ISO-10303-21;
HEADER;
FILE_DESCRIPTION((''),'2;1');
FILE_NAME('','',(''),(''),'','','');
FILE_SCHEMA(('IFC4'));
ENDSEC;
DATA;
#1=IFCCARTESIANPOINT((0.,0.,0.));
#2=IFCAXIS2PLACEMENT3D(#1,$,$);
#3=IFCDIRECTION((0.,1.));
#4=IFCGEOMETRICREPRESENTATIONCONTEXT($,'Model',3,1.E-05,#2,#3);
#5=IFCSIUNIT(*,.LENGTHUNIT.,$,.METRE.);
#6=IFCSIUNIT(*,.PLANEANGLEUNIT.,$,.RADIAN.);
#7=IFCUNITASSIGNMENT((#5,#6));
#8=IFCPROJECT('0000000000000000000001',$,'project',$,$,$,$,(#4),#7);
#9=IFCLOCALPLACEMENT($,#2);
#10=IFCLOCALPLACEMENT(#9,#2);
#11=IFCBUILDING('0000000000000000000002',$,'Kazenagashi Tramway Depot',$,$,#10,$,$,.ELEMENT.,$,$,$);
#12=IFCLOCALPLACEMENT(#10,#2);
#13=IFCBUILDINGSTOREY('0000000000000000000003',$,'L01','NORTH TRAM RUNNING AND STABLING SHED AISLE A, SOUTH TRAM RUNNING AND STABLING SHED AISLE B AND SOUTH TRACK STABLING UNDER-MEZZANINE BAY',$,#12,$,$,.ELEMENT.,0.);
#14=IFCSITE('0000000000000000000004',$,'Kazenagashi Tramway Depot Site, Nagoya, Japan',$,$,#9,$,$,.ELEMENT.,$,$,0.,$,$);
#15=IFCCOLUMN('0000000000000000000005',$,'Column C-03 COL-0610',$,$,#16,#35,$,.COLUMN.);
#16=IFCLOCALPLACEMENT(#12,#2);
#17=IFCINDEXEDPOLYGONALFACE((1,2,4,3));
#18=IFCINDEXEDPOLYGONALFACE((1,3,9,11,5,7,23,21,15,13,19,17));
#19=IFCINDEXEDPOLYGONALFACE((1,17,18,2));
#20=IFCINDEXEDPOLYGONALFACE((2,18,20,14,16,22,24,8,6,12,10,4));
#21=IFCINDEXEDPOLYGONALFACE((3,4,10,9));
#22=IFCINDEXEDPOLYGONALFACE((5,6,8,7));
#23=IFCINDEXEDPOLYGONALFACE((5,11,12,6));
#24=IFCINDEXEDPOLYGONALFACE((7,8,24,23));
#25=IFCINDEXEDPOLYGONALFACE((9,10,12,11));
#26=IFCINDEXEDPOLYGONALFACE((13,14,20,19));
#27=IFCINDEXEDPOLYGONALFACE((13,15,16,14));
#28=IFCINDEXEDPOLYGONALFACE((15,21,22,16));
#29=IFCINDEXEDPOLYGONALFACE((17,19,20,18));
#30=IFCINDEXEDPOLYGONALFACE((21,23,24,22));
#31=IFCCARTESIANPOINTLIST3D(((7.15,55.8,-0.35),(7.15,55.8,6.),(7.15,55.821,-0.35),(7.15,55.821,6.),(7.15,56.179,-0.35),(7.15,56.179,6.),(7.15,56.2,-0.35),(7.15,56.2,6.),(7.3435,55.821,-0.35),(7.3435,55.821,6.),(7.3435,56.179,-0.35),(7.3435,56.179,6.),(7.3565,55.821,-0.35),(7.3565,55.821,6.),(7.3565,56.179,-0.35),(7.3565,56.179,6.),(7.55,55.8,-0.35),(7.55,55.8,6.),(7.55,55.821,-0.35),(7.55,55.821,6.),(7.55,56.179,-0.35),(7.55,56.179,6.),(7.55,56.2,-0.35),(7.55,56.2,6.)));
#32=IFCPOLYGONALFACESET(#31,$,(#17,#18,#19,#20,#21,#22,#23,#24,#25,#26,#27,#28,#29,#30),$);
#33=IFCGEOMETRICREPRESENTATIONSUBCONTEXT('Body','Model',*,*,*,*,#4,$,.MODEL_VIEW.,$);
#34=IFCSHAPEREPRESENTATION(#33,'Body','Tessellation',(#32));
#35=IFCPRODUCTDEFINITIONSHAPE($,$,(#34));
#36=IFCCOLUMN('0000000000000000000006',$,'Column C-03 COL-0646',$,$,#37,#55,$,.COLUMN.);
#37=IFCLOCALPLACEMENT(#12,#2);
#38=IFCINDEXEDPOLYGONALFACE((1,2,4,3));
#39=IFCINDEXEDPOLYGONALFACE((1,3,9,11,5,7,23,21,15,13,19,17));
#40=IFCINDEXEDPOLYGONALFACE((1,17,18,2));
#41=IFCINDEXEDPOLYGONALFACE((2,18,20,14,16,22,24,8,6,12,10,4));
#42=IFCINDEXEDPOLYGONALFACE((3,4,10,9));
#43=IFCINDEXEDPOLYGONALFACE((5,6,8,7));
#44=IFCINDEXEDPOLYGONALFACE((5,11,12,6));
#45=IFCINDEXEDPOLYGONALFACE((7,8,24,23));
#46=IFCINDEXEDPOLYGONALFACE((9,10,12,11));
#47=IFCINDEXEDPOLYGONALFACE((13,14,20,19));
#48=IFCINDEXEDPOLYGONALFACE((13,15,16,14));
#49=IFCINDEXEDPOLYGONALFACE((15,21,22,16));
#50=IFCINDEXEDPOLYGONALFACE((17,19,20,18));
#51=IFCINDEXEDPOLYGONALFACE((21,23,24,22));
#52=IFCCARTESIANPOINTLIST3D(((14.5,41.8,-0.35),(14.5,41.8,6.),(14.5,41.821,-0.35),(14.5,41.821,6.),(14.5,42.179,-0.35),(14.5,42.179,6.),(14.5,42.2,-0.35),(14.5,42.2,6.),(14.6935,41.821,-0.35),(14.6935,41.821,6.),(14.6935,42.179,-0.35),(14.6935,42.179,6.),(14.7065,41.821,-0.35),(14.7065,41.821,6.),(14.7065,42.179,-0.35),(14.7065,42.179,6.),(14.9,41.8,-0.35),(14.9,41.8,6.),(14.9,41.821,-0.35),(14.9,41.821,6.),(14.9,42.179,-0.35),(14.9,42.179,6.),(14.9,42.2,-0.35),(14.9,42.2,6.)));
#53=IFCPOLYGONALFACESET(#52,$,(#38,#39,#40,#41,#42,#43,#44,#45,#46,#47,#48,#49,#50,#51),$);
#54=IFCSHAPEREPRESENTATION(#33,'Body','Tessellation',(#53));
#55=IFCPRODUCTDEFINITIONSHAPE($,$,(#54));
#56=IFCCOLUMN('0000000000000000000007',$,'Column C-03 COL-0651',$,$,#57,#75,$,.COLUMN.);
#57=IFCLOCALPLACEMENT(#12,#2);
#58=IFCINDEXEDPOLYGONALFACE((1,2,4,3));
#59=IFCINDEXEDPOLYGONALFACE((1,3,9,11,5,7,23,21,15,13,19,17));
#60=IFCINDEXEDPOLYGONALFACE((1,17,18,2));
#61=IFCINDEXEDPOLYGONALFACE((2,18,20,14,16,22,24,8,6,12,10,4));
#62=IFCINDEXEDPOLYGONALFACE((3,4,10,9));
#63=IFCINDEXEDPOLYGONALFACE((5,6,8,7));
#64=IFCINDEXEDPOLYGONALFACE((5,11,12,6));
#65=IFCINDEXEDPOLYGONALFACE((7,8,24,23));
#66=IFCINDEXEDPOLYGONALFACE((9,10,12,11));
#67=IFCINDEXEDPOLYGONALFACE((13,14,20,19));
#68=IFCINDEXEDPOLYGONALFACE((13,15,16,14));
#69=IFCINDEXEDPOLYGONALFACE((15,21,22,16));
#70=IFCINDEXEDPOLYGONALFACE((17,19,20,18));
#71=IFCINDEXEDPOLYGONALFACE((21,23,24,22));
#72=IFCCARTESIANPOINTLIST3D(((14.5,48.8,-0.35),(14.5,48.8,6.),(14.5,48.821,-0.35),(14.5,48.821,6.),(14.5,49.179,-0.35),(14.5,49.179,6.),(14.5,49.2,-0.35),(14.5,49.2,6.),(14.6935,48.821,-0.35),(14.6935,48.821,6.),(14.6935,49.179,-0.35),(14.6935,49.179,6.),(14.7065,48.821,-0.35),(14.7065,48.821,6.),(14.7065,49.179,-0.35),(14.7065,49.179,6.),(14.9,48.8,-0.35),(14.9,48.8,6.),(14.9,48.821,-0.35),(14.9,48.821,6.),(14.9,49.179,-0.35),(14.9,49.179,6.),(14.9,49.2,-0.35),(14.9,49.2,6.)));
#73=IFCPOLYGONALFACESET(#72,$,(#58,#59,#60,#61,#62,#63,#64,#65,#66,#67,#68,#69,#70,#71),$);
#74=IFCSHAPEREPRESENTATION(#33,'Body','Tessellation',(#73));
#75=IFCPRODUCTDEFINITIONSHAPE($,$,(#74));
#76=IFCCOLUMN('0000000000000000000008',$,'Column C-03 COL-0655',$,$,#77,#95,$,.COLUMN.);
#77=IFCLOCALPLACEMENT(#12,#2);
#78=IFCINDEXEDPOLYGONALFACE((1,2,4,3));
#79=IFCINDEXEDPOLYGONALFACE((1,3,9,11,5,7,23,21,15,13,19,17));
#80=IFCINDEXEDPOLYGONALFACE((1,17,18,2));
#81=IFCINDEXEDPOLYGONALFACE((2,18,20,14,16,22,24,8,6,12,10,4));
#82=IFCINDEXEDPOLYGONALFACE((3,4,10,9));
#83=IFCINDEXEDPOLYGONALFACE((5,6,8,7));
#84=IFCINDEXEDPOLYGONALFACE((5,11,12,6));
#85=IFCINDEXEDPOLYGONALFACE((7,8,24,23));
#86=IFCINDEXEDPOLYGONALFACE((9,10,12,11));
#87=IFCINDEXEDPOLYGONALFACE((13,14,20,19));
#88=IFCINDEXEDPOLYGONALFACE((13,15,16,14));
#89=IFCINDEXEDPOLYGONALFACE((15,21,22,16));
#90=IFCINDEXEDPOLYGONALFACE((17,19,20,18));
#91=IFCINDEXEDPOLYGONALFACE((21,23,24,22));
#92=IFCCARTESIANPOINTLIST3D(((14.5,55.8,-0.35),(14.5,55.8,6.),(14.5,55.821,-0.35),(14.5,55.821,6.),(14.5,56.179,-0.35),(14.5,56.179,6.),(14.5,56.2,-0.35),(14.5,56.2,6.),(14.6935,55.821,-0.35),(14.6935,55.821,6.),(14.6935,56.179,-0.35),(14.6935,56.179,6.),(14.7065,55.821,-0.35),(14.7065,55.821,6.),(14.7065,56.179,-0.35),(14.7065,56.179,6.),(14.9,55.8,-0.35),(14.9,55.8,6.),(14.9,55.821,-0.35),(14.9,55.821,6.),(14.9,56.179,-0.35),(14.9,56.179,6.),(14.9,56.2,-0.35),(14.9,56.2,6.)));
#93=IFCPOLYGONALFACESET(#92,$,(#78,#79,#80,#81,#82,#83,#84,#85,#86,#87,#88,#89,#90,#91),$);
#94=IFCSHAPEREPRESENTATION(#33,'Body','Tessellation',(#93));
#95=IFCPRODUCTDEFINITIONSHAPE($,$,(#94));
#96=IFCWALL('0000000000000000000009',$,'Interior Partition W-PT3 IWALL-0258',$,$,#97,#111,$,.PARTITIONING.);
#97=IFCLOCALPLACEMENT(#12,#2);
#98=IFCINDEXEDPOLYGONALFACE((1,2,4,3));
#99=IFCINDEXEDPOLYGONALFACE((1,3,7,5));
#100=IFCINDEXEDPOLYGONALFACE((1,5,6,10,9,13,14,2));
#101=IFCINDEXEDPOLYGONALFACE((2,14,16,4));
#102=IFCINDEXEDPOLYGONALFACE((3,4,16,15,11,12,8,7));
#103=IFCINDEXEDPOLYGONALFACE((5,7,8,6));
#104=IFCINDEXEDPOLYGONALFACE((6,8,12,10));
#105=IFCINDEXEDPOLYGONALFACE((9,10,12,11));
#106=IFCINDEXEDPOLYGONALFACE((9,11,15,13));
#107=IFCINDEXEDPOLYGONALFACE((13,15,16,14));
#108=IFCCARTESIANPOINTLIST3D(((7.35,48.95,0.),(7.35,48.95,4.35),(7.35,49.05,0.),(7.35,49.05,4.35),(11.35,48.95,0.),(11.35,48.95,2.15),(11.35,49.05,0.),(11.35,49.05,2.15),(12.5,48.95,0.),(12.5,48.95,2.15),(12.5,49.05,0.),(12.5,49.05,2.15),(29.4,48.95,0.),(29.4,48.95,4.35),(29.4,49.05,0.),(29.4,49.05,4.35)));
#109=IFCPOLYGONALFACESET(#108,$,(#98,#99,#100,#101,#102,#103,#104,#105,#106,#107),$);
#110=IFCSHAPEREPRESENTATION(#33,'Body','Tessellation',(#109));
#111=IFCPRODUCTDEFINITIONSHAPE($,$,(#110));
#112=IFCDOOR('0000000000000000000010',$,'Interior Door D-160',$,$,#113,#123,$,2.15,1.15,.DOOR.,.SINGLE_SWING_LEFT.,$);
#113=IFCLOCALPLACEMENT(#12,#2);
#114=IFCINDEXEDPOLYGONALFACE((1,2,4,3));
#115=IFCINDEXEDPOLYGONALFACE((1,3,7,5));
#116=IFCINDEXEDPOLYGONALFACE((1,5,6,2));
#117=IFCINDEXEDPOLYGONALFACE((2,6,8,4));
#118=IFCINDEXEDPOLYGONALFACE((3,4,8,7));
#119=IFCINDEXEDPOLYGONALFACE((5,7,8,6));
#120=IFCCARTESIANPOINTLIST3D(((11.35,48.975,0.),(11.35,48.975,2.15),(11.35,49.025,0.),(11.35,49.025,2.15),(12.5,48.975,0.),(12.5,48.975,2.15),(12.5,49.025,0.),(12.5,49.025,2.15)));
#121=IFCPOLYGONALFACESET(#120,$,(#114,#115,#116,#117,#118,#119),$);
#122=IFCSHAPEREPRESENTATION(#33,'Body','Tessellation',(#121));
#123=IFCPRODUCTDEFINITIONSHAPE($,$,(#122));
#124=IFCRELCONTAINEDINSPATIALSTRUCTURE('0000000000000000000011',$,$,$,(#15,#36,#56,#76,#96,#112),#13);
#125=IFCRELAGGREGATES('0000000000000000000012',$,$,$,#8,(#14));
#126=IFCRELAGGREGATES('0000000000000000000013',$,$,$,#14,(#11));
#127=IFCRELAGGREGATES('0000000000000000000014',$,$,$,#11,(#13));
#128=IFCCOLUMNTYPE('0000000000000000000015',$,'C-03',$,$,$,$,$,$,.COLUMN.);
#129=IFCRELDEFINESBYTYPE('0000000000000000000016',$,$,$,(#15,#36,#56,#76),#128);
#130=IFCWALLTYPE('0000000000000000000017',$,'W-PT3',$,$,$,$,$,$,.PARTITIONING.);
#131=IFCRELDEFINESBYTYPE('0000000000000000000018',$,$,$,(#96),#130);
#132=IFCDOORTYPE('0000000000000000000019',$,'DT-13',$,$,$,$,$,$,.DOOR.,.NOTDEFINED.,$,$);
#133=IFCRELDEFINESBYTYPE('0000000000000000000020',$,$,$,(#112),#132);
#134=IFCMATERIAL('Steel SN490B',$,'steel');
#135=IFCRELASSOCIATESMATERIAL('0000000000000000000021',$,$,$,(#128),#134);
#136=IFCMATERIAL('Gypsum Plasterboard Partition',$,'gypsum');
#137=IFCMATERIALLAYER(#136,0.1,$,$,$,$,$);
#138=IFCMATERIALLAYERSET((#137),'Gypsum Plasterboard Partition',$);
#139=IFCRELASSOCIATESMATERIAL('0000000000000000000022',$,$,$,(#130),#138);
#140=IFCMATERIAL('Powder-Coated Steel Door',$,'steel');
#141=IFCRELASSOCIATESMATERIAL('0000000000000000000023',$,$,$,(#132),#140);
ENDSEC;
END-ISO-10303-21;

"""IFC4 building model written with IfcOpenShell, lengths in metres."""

from ifc_helpers import new_model, si_unit, direction, frame, frame_2d, origin, origin_2d, place, context, subcontext, project, spatial, rectangle, i_section, extrude, material, layer, layer_set, material_profile, profile_set, type_object, element, fill, save


model = new_model("IFC4")

# Units and contexts
model_context = context("Model", 3, precision=1e-05, world=origin(), true_north=direction((0.0, 1.0)))
body_context = subcontext(model_context, "Body", "Model", "MODEL_VIEW")
ifc_project = project(units=[si_unit("LENGTHUNIT", "METRE"), si_unit("PLANEANGLEUNIT", "RADIAN")], contexts=[model_context])

# Site, building, storey
site_placement = place(None, origin())
site = spatial("IfcSite", under=ifc_project, at=site_placement, Name="Kazenagashi Tramway Depot Site, Nagoya, Japan", CompositionType="ELEMENT", RefElevation=0.0)
building_placement = place(site_placement, origin())
building = spatial("IfcBuilding", under=site, at=building_placement, Name="Kazenagashi Tramway Depot", CompositionType="ELEMENT")
storey_placement = place(building_placement, origin())
storey = spatial("IfcBuildingStorey", under=building, at=storey_placement, Name="L01", Description="NORTH TRAM RUNNING AND STABLING SHED AISLE A, SOUTH TRAM RUNNING AND STABLING SHED AISLE B AND SOUTH TRACK STABLING UNDER-MEZZANINE BAY", CompositionType="ELEMENT", Elevation=0.0)

# Columns
ifc_material_1 = material(Name="Steel SN490B", Category="steel")
ifc_material_profile_1 = material_profile(ifc_material_1, i_section(OverallWidth=0.4, OverallDepth=0.4, WebThickness=0.013, FlangeThickness=0.021, at=origin_2d()), Name="H-400x400x13x21")
ifc_profile_set_1 = profile_set([ifc_material_profile_1], Name="Steel SN490B")
column_type = type_object("IfcColumnType", Name="C-03", PredefinedType="COLUMN", material=ifc_profile_set_1)
for number, where, z_axis, x_axis, name in (
    (1, (7.35, 56.0, -0.35), (0.0, 0.0, 1.0), (1.0, 0.0, 0.0), "Column C-03 COL-0610"),
    (2, (14.7, 42.0, -0.35), (0.0, 0.0, 1.0), (1.0, 0.0, 0.0), "Column C-03 COL-0646"),
    (3, (14.7, 49.0, -0.35), (0.0, 0.0, 1.0), (1.0, 0.0, 0.0), "Column C-03 COL-0651"),
    (4, (14.7, 56.0, -0.35), (0.0, 0.0, 1.0), (1.0, 0.0, 0.0), "Column C-03 COL-0655"),
):
    element("IfcColumn", number, at=place(storey_placement, frame(where, z_axis=z_axis, x_axis=x_axis)), inside=storey, type_object=column_type, Name=name, PredefinedType="COLUMN", context=body_context, shape_type="SweptSolid", body=[
        extrude(i_section(OverallWidth=0.4, OverallDepth=0.4, WebThickness=0.013, FlangeThickness=0.021, at=origin_2d()), origin(), (0.0, 0.0, 1.0), 6.35),
    ])

# Wall, opening, door
ifc_material_2 = material(Name="Gypsum Plasterboard Partition", Category="gypsum")
ifc_layer = layer(ifc_material_2, 0.1)
ifc_layer_set = layer_set([ifc_layer], Name="Gypsum Plasterboard Partition")
wall_type = type_object("IfcWallType", Name="W-PT3", PredefinedType="PARTITIONING", material=ifc_layer_set)
wall_placement = place(storey_placement, frame((7.35, 49.0, 0.0), z_axis=(0.0, 0.0, 1.0), x_axis=(1.0, 0.0, 0.0)))
wall = element("IfcWall", 5, at=wall_placement, inside=storey, type_object=wall_type, Name="Interior Partition W-PT3 IWALL-0258", PredefinedType="PARTITIONING", context=body_context, shape_type="SweptSolid", body=[
    extrude(rectangle(XDim=22.05, YDim=0.1, at=frame_2d((11.025, 0.0))), origin(), (0.0, 0.0, 1.0), 4.35),
])
opening_placement = place(wall_placement, frame((4.0, 0.0, 0.0)))
opening = element("IfcOpeningElement", 6, at=opening_placement, cuts=wall, PredefinedType="OPENING", context=body_context, shape_type="SweptSolid", body=[
    extrude(rectangle(XDim=1.15, YDim=2.15, at=frame_2d((0.575, 1.075))), frame((0.0, 0.06, 0.0), z_axis=(0.0, -1.0, 0.0), x_axis=(1.0, 0.0, 0.0)), (0.0, 0.0, 1.0), 0.12),
])
ifc_material_3 = material(Name="Powder-Coated Steel Door", Category="steel")
door_type = type_object("IfcDoorType", Name="DT-13", OperationType="NOTDEFINED", PredefinedType="DOOR", material=ifc_material_3)
door_placement = place(opening_placement, origin())
door = element("IfcDoor", 7, at=door_placement, inside=storey, type_object=door_type, Name="Interior Door D-160", OperationType="SINGLE_SWING_LEFT", OverallHeight=2.15, OverallWidth=1.15, PredefinedType="DOOR", context=body_context, shape_type="SweptSolid", body=[
    extrude(rectangle(XDim=1.15, YDim=2.15, at=frame_2d((0.575, 1.075))), frame((0.0, 0.025, 0.0), z_axis=(0.0, -1.0, 0.0), x_axis=(1.0, 0.0, 0.0)), (0.0, 0.0, 1.0), 0.05),
])
fill(opening, door)

save(model, "model.ifc")
